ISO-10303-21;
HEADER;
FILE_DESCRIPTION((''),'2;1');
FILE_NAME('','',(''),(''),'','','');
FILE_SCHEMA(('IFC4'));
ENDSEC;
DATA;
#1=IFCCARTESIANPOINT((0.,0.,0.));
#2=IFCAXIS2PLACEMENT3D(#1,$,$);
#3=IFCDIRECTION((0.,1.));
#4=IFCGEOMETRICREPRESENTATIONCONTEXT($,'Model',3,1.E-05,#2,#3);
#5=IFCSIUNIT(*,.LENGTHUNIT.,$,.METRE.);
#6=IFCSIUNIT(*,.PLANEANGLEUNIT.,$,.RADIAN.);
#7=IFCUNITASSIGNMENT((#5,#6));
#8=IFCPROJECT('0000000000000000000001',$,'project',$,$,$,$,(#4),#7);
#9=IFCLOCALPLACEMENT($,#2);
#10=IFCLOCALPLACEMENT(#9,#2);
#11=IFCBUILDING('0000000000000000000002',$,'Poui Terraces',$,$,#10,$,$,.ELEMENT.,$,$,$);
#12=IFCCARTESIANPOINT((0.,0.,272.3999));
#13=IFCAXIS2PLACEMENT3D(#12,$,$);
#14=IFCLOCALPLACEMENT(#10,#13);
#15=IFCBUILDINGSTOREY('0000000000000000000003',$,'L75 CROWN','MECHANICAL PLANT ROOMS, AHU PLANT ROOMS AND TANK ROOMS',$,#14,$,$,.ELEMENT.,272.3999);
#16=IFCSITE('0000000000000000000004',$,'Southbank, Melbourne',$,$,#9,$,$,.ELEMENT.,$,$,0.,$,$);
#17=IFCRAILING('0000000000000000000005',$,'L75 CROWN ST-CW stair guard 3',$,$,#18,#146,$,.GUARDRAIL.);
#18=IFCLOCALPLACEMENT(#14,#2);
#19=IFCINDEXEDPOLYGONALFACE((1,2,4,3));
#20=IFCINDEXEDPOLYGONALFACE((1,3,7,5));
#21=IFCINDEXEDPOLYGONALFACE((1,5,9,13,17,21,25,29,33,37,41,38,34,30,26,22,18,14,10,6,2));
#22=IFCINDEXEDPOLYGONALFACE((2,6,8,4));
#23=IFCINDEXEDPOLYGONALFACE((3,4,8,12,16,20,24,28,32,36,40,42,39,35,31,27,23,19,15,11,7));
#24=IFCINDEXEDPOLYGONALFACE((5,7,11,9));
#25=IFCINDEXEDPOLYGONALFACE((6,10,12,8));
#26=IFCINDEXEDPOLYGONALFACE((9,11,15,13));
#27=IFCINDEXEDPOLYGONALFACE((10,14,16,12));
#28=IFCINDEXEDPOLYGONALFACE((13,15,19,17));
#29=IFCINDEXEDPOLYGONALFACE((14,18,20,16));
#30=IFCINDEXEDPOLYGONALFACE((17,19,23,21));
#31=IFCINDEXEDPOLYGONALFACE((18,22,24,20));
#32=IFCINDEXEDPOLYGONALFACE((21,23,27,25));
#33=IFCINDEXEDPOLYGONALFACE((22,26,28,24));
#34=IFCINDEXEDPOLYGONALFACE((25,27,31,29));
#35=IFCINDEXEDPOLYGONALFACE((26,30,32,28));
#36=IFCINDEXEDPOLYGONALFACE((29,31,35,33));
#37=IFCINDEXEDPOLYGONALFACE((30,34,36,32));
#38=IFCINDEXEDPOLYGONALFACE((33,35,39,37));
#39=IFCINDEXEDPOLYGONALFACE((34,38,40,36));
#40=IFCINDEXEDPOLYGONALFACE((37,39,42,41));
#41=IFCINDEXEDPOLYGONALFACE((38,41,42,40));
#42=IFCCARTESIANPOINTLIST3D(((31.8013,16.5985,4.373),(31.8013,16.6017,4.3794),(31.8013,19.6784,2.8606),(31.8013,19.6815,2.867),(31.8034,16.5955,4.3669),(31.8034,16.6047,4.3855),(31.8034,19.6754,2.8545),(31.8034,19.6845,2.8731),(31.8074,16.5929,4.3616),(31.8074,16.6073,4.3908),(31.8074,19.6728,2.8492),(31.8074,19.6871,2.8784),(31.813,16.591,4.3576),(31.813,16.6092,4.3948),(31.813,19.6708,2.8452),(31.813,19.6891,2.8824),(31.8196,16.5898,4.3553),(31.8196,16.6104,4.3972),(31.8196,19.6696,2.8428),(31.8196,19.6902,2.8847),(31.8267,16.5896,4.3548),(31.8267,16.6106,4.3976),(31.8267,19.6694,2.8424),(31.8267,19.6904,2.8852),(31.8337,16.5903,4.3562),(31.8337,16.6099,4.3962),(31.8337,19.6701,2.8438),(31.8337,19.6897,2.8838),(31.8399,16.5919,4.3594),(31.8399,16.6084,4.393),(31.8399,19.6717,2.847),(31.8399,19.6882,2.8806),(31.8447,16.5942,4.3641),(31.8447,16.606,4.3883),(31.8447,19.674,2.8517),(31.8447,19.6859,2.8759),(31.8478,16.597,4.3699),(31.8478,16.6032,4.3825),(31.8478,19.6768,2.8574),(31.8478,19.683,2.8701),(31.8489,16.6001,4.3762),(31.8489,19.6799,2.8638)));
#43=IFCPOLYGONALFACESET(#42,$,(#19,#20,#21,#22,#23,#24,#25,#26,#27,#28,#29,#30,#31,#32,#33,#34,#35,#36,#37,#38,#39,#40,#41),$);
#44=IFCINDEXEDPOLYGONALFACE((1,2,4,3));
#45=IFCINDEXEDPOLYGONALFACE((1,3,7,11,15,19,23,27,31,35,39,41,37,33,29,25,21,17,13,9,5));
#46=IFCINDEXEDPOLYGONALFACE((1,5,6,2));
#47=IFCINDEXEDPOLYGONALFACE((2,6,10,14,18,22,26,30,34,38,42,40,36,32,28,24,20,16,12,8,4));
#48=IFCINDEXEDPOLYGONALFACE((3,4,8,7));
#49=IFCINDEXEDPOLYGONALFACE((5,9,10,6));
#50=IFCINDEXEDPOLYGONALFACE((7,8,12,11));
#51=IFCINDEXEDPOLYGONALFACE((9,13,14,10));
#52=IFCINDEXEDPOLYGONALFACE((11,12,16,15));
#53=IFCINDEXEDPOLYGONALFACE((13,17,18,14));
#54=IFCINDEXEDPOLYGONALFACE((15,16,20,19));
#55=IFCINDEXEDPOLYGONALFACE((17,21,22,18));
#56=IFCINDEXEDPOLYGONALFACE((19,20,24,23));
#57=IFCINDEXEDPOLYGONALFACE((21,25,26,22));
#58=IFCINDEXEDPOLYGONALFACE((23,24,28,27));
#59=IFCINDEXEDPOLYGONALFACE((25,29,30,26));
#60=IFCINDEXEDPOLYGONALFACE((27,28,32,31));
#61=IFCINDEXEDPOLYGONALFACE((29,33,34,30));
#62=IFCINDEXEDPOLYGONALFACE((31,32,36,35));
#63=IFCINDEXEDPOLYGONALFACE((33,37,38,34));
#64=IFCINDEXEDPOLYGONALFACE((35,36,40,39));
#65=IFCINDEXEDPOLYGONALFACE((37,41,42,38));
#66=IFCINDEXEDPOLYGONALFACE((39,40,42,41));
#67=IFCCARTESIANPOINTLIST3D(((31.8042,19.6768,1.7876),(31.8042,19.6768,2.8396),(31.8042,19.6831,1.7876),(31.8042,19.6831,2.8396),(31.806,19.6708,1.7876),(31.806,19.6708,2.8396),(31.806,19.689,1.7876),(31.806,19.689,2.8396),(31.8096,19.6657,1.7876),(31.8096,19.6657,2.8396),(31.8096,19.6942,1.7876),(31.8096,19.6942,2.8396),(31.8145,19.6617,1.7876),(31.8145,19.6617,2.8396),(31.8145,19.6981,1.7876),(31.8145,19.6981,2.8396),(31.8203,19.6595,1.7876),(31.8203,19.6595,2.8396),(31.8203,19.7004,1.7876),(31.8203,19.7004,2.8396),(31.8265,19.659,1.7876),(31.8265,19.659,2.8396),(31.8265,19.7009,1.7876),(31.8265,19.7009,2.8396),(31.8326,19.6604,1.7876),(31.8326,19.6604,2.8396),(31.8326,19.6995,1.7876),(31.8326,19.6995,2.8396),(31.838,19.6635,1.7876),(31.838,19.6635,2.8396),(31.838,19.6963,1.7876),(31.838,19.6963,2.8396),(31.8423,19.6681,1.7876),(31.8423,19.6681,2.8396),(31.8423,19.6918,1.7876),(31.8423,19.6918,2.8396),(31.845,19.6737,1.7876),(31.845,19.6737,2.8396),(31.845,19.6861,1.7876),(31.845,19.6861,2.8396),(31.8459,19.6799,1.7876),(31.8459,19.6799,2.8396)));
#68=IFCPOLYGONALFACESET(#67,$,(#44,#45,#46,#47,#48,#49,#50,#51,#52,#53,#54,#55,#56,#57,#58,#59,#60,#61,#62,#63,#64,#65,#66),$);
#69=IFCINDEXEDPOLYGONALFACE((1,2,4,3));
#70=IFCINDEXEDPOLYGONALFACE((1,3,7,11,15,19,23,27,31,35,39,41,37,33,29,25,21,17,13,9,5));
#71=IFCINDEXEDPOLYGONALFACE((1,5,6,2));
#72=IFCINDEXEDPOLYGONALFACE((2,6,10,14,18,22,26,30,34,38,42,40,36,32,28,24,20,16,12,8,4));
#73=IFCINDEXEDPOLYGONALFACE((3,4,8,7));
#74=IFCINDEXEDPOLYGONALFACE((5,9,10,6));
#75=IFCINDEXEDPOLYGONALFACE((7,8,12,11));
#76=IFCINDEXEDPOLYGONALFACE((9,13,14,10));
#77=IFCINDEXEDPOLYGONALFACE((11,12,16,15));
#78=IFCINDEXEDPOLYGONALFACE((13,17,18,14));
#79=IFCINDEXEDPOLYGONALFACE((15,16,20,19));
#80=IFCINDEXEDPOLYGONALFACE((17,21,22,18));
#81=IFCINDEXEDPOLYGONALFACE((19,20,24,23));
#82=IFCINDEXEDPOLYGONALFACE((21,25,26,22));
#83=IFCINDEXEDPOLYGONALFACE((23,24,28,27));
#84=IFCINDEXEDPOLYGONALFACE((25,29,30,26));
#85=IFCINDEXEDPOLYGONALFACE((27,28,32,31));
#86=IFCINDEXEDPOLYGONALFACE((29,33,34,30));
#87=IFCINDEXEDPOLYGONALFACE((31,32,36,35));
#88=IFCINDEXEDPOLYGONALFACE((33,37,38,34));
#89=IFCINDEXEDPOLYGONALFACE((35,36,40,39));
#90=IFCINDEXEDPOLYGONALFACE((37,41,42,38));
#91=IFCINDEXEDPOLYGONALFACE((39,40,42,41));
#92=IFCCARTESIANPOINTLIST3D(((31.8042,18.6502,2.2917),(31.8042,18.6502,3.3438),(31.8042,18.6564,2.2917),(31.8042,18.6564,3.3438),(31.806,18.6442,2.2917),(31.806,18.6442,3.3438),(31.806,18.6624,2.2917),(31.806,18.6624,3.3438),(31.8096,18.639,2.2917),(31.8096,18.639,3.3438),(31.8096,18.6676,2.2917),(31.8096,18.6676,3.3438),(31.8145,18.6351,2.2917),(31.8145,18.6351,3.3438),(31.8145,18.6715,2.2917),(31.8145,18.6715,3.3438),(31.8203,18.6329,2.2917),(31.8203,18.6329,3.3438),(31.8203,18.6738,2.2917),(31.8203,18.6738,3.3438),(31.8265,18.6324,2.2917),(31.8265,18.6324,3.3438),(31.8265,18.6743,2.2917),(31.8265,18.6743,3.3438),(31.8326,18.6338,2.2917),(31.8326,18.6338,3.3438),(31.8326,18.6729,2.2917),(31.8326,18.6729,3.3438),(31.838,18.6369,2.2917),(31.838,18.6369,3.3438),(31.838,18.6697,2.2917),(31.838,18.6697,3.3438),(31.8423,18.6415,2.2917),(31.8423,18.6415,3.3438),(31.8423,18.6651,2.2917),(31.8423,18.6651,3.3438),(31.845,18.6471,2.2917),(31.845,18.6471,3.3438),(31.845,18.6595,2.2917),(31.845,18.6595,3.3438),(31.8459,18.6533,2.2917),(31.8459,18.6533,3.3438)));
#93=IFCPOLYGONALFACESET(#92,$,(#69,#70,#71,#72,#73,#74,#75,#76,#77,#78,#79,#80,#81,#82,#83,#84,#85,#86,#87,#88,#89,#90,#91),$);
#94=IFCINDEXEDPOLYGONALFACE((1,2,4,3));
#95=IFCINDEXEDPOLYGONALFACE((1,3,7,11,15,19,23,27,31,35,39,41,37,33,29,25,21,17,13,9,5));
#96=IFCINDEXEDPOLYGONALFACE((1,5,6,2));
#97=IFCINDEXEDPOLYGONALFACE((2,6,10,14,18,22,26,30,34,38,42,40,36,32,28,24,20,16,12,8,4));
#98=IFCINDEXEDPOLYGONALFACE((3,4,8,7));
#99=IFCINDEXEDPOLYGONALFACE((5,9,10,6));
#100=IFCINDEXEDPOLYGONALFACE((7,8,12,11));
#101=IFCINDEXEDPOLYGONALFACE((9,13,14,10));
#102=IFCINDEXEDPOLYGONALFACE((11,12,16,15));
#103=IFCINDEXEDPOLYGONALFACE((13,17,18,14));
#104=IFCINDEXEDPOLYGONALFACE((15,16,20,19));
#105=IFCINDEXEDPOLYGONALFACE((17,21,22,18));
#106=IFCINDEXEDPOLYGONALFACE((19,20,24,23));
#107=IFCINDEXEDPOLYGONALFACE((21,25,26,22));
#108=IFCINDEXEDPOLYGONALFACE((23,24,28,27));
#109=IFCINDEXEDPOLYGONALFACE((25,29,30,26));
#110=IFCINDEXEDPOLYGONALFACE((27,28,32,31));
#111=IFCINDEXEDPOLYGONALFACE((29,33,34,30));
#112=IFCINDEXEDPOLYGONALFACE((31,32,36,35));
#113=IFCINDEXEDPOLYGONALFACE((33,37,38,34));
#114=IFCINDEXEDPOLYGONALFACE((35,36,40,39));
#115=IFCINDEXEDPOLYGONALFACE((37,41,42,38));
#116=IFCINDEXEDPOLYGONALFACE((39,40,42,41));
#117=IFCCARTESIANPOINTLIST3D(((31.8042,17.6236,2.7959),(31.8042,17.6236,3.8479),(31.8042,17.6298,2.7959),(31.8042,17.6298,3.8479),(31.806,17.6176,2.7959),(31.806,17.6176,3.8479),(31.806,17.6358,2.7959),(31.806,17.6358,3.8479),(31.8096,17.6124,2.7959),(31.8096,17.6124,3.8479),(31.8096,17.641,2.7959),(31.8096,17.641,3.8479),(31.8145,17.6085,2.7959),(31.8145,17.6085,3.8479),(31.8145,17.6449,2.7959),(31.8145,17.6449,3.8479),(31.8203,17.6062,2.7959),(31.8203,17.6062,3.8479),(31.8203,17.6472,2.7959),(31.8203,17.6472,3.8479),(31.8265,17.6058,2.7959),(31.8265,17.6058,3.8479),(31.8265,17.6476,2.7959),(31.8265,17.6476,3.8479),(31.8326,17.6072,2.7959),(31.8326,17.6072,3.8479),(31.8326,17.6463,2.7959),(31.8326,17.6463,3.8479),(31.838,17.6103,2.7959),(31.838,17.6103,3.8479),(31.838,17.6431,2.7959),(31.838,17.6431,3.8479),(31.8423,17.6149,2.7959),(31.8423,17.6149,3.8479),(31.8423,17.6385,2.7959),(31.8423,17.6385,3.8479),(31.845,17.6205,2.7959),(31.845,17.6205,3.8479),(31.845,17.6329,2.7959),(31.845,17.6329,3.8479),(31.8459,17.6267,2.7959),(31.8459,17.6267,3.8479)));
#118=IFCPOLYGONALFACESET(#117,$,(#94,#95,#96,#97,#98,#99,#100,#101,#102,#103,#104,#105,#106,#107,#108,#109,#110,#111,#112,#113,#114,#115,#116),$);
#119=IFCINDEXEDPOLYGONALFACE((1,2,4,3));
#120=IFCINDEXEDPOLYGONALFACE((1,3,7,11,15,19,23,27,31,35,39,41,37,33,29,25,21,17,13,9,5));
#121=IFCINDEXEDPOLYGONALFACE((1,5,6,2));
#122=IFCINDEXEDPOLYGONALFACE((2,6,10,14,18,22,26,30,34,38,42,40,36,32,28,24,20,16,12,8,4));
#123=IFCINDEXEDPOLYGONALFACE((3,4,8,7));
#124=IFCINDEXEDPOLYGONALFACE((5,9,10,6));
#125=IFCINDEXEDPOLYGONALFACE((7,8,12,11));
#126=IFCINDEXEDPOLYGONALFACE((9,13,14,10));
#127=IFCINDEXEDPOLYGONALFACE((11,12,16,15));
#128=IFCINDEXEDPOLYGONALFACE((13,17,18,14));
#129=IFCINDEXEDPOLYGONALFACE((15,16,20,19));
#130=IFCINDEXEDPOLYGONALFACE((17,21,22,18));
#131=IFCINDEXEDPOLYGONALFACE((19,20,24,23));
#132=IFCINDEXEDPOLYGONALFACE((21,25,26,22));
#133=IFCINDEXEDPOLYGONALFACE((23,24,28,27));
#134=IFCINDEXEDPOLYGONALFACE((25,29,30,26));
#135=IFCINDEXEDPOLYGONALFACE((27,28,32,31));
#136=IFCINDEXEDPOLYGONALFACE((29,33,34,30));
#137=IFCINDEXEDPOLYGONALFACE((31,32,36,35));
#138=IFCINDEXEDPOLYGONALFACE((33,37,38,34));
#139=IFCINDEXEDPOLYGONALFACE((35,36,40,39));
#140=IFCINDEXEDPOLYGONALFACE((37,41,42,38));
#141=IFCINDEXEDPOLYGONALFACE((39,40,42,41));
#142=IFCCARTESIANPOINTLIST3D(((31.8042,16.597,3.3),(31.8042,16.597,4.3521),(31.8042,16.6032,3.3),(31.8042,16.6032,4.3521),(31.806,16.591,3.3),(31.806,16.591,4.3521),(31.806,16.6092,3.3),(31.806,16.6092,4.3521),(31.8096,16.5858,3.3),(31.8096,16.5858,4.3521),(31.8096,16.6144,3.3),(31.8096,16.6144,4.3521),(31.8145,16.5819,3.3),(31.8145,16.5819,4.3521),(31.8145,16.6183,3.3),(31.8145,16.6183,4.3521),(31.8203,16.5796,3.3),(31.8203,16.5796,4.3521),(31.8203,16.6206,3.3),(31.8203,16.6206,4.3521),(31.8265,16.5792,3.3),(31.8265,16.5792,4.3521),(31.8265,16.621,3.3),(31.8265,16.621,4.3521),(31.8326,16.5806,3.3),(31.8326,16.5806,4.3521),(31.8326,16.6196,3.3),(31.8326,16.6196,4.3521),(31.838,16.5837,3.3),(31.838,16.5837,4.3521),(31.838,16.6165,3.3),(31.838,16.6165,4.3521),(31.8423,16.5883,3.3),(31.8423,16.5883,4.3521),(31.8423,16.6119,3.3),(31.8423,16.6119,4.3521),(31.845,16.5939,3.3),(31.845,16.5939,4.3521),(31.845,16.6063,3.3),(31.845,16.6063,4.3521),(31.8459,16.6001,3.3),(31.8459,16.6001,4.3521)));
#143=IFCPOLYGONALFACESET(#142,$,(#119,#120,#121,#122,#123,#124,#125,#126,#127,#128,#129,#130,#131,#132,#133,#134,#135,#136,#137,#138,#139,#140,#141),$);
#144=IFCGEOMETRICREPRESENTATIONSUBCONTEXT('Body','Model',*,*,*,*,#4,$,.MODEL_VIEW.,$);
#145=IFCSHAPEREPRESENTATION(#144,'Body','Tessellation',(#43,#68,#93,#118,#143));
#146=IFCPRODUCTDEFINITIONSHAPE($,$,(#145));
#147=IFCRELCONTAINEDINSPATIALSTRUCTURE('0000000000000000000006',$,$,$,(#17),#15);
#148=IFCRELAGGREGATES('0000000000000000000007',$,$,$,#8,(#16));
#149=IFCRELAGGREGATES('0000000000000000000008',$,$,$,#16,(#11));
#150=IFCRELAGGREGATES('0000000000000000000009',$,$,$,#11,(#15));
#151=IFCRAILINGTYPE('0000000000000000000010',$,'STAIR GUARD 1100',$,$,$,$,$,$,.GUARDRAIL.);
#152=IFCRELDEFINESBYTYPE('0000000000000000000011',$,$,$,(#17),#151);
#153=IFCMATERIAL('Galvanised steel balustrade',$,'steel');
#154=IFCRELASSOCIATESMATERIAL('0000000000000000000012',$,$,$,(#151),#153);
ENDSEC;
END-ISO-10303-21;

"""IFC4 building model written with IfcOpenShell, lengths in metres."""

from ifc_helpers import new_model, si_unit, direction, frame, origin, origin_2d, place, context, subcontext, project, spatial, circle, extrude, material, type_object, element, save


model = new_model("IFC4")

# Units and contexts
model_context = context("Model", 3, precision=1e-05, world=origin(), true_north=direction((0.0, 1.0)))
body_context = subcontext(model_context, "Body", "Model", "MODEL_VIEW")
ifc_project = project(units=[si_unit("LENGTHUNIT", "METRE"), si_unit("PLANEANGLEUNIT", "RADIAN")], contexts=[model_context])

# Site, building, storey
site_placement = place(None, origin())
site = spatial("IfcSite", under=ifc_project, at=site_placement, Name="Southbank, Melbourne", CompositionType="ELEMENT", RefElevation=0.0)
building_placement = place(site_placement, origin())
building = spatial("IfcBuilding", under=site, at=building_placement, Name="Poui Terraces", CompositionType="ELEMENT")
storey_placement = place(building_placement, frame((0.0, 0.0, 272.3999)))
storey = spatial("IfcBuildingStorey", under=building, at=storey_placement, Name="L75 CROWN", Description="MECHANICAL PLANT ROOMS, AHU PLANT ROOMS AND TANK ROOMS", CompositionType="ELEMENT", Elevation=272.3999)

# Railing
ifc_material_1 = material(Name="Galvanised steel balustrade", Category="steel")
railing_type_1 = type_object("IfcRailingType", Name="STAIR GUARD 1100", PredefinedType="GUARDRAIL", material=ifc_material_1)
railing_1_placement = place(storey_placement, frame((31.825, 19.6799, 1.7876)))
element("IfcRailing", 1, at=railing_1_placement, inside=storey, type_object=railing_type_1, Name="L75 CROWN ST-CW stair guard 3", PredefinedType="GUARDRAIL", context=body_context, shape_type="SweptSolid", body=[
    extrude(circle(Radius=0.0239, at=origin_2d()), frame((0.0, 0.0, 1.0762), z_axis=(0.0, -0.897606, 0.440798), x_axis=(1.0, 0.0, 0.0)), (0.0, 0.0, 1.0), 3.4312),
    extrude(circle(Radius=0.021, at=origin_2d()), origin(), (0.0, 0.0, 1.0), 1.052),
    extrude(circle(Radius=0.021, at=origin_2d()), frame((0.0, -1.0266, 0.5042)), (0.0, 0.0, 1.0), 1.052),
    extrude(circle(Radius=0.021, at=origin_2d()), frame((0.0, -2.0532, 1.0083)), (0.0, 0.0, 1.0), 1.052),
    extrude(circle(Radius=0.021, at=origin_2d()), frame((0.0, -3.0798, 1.5125)), (0.0, 0.0, 1.0), 1.052),
])

save(model, "model.ifc")
